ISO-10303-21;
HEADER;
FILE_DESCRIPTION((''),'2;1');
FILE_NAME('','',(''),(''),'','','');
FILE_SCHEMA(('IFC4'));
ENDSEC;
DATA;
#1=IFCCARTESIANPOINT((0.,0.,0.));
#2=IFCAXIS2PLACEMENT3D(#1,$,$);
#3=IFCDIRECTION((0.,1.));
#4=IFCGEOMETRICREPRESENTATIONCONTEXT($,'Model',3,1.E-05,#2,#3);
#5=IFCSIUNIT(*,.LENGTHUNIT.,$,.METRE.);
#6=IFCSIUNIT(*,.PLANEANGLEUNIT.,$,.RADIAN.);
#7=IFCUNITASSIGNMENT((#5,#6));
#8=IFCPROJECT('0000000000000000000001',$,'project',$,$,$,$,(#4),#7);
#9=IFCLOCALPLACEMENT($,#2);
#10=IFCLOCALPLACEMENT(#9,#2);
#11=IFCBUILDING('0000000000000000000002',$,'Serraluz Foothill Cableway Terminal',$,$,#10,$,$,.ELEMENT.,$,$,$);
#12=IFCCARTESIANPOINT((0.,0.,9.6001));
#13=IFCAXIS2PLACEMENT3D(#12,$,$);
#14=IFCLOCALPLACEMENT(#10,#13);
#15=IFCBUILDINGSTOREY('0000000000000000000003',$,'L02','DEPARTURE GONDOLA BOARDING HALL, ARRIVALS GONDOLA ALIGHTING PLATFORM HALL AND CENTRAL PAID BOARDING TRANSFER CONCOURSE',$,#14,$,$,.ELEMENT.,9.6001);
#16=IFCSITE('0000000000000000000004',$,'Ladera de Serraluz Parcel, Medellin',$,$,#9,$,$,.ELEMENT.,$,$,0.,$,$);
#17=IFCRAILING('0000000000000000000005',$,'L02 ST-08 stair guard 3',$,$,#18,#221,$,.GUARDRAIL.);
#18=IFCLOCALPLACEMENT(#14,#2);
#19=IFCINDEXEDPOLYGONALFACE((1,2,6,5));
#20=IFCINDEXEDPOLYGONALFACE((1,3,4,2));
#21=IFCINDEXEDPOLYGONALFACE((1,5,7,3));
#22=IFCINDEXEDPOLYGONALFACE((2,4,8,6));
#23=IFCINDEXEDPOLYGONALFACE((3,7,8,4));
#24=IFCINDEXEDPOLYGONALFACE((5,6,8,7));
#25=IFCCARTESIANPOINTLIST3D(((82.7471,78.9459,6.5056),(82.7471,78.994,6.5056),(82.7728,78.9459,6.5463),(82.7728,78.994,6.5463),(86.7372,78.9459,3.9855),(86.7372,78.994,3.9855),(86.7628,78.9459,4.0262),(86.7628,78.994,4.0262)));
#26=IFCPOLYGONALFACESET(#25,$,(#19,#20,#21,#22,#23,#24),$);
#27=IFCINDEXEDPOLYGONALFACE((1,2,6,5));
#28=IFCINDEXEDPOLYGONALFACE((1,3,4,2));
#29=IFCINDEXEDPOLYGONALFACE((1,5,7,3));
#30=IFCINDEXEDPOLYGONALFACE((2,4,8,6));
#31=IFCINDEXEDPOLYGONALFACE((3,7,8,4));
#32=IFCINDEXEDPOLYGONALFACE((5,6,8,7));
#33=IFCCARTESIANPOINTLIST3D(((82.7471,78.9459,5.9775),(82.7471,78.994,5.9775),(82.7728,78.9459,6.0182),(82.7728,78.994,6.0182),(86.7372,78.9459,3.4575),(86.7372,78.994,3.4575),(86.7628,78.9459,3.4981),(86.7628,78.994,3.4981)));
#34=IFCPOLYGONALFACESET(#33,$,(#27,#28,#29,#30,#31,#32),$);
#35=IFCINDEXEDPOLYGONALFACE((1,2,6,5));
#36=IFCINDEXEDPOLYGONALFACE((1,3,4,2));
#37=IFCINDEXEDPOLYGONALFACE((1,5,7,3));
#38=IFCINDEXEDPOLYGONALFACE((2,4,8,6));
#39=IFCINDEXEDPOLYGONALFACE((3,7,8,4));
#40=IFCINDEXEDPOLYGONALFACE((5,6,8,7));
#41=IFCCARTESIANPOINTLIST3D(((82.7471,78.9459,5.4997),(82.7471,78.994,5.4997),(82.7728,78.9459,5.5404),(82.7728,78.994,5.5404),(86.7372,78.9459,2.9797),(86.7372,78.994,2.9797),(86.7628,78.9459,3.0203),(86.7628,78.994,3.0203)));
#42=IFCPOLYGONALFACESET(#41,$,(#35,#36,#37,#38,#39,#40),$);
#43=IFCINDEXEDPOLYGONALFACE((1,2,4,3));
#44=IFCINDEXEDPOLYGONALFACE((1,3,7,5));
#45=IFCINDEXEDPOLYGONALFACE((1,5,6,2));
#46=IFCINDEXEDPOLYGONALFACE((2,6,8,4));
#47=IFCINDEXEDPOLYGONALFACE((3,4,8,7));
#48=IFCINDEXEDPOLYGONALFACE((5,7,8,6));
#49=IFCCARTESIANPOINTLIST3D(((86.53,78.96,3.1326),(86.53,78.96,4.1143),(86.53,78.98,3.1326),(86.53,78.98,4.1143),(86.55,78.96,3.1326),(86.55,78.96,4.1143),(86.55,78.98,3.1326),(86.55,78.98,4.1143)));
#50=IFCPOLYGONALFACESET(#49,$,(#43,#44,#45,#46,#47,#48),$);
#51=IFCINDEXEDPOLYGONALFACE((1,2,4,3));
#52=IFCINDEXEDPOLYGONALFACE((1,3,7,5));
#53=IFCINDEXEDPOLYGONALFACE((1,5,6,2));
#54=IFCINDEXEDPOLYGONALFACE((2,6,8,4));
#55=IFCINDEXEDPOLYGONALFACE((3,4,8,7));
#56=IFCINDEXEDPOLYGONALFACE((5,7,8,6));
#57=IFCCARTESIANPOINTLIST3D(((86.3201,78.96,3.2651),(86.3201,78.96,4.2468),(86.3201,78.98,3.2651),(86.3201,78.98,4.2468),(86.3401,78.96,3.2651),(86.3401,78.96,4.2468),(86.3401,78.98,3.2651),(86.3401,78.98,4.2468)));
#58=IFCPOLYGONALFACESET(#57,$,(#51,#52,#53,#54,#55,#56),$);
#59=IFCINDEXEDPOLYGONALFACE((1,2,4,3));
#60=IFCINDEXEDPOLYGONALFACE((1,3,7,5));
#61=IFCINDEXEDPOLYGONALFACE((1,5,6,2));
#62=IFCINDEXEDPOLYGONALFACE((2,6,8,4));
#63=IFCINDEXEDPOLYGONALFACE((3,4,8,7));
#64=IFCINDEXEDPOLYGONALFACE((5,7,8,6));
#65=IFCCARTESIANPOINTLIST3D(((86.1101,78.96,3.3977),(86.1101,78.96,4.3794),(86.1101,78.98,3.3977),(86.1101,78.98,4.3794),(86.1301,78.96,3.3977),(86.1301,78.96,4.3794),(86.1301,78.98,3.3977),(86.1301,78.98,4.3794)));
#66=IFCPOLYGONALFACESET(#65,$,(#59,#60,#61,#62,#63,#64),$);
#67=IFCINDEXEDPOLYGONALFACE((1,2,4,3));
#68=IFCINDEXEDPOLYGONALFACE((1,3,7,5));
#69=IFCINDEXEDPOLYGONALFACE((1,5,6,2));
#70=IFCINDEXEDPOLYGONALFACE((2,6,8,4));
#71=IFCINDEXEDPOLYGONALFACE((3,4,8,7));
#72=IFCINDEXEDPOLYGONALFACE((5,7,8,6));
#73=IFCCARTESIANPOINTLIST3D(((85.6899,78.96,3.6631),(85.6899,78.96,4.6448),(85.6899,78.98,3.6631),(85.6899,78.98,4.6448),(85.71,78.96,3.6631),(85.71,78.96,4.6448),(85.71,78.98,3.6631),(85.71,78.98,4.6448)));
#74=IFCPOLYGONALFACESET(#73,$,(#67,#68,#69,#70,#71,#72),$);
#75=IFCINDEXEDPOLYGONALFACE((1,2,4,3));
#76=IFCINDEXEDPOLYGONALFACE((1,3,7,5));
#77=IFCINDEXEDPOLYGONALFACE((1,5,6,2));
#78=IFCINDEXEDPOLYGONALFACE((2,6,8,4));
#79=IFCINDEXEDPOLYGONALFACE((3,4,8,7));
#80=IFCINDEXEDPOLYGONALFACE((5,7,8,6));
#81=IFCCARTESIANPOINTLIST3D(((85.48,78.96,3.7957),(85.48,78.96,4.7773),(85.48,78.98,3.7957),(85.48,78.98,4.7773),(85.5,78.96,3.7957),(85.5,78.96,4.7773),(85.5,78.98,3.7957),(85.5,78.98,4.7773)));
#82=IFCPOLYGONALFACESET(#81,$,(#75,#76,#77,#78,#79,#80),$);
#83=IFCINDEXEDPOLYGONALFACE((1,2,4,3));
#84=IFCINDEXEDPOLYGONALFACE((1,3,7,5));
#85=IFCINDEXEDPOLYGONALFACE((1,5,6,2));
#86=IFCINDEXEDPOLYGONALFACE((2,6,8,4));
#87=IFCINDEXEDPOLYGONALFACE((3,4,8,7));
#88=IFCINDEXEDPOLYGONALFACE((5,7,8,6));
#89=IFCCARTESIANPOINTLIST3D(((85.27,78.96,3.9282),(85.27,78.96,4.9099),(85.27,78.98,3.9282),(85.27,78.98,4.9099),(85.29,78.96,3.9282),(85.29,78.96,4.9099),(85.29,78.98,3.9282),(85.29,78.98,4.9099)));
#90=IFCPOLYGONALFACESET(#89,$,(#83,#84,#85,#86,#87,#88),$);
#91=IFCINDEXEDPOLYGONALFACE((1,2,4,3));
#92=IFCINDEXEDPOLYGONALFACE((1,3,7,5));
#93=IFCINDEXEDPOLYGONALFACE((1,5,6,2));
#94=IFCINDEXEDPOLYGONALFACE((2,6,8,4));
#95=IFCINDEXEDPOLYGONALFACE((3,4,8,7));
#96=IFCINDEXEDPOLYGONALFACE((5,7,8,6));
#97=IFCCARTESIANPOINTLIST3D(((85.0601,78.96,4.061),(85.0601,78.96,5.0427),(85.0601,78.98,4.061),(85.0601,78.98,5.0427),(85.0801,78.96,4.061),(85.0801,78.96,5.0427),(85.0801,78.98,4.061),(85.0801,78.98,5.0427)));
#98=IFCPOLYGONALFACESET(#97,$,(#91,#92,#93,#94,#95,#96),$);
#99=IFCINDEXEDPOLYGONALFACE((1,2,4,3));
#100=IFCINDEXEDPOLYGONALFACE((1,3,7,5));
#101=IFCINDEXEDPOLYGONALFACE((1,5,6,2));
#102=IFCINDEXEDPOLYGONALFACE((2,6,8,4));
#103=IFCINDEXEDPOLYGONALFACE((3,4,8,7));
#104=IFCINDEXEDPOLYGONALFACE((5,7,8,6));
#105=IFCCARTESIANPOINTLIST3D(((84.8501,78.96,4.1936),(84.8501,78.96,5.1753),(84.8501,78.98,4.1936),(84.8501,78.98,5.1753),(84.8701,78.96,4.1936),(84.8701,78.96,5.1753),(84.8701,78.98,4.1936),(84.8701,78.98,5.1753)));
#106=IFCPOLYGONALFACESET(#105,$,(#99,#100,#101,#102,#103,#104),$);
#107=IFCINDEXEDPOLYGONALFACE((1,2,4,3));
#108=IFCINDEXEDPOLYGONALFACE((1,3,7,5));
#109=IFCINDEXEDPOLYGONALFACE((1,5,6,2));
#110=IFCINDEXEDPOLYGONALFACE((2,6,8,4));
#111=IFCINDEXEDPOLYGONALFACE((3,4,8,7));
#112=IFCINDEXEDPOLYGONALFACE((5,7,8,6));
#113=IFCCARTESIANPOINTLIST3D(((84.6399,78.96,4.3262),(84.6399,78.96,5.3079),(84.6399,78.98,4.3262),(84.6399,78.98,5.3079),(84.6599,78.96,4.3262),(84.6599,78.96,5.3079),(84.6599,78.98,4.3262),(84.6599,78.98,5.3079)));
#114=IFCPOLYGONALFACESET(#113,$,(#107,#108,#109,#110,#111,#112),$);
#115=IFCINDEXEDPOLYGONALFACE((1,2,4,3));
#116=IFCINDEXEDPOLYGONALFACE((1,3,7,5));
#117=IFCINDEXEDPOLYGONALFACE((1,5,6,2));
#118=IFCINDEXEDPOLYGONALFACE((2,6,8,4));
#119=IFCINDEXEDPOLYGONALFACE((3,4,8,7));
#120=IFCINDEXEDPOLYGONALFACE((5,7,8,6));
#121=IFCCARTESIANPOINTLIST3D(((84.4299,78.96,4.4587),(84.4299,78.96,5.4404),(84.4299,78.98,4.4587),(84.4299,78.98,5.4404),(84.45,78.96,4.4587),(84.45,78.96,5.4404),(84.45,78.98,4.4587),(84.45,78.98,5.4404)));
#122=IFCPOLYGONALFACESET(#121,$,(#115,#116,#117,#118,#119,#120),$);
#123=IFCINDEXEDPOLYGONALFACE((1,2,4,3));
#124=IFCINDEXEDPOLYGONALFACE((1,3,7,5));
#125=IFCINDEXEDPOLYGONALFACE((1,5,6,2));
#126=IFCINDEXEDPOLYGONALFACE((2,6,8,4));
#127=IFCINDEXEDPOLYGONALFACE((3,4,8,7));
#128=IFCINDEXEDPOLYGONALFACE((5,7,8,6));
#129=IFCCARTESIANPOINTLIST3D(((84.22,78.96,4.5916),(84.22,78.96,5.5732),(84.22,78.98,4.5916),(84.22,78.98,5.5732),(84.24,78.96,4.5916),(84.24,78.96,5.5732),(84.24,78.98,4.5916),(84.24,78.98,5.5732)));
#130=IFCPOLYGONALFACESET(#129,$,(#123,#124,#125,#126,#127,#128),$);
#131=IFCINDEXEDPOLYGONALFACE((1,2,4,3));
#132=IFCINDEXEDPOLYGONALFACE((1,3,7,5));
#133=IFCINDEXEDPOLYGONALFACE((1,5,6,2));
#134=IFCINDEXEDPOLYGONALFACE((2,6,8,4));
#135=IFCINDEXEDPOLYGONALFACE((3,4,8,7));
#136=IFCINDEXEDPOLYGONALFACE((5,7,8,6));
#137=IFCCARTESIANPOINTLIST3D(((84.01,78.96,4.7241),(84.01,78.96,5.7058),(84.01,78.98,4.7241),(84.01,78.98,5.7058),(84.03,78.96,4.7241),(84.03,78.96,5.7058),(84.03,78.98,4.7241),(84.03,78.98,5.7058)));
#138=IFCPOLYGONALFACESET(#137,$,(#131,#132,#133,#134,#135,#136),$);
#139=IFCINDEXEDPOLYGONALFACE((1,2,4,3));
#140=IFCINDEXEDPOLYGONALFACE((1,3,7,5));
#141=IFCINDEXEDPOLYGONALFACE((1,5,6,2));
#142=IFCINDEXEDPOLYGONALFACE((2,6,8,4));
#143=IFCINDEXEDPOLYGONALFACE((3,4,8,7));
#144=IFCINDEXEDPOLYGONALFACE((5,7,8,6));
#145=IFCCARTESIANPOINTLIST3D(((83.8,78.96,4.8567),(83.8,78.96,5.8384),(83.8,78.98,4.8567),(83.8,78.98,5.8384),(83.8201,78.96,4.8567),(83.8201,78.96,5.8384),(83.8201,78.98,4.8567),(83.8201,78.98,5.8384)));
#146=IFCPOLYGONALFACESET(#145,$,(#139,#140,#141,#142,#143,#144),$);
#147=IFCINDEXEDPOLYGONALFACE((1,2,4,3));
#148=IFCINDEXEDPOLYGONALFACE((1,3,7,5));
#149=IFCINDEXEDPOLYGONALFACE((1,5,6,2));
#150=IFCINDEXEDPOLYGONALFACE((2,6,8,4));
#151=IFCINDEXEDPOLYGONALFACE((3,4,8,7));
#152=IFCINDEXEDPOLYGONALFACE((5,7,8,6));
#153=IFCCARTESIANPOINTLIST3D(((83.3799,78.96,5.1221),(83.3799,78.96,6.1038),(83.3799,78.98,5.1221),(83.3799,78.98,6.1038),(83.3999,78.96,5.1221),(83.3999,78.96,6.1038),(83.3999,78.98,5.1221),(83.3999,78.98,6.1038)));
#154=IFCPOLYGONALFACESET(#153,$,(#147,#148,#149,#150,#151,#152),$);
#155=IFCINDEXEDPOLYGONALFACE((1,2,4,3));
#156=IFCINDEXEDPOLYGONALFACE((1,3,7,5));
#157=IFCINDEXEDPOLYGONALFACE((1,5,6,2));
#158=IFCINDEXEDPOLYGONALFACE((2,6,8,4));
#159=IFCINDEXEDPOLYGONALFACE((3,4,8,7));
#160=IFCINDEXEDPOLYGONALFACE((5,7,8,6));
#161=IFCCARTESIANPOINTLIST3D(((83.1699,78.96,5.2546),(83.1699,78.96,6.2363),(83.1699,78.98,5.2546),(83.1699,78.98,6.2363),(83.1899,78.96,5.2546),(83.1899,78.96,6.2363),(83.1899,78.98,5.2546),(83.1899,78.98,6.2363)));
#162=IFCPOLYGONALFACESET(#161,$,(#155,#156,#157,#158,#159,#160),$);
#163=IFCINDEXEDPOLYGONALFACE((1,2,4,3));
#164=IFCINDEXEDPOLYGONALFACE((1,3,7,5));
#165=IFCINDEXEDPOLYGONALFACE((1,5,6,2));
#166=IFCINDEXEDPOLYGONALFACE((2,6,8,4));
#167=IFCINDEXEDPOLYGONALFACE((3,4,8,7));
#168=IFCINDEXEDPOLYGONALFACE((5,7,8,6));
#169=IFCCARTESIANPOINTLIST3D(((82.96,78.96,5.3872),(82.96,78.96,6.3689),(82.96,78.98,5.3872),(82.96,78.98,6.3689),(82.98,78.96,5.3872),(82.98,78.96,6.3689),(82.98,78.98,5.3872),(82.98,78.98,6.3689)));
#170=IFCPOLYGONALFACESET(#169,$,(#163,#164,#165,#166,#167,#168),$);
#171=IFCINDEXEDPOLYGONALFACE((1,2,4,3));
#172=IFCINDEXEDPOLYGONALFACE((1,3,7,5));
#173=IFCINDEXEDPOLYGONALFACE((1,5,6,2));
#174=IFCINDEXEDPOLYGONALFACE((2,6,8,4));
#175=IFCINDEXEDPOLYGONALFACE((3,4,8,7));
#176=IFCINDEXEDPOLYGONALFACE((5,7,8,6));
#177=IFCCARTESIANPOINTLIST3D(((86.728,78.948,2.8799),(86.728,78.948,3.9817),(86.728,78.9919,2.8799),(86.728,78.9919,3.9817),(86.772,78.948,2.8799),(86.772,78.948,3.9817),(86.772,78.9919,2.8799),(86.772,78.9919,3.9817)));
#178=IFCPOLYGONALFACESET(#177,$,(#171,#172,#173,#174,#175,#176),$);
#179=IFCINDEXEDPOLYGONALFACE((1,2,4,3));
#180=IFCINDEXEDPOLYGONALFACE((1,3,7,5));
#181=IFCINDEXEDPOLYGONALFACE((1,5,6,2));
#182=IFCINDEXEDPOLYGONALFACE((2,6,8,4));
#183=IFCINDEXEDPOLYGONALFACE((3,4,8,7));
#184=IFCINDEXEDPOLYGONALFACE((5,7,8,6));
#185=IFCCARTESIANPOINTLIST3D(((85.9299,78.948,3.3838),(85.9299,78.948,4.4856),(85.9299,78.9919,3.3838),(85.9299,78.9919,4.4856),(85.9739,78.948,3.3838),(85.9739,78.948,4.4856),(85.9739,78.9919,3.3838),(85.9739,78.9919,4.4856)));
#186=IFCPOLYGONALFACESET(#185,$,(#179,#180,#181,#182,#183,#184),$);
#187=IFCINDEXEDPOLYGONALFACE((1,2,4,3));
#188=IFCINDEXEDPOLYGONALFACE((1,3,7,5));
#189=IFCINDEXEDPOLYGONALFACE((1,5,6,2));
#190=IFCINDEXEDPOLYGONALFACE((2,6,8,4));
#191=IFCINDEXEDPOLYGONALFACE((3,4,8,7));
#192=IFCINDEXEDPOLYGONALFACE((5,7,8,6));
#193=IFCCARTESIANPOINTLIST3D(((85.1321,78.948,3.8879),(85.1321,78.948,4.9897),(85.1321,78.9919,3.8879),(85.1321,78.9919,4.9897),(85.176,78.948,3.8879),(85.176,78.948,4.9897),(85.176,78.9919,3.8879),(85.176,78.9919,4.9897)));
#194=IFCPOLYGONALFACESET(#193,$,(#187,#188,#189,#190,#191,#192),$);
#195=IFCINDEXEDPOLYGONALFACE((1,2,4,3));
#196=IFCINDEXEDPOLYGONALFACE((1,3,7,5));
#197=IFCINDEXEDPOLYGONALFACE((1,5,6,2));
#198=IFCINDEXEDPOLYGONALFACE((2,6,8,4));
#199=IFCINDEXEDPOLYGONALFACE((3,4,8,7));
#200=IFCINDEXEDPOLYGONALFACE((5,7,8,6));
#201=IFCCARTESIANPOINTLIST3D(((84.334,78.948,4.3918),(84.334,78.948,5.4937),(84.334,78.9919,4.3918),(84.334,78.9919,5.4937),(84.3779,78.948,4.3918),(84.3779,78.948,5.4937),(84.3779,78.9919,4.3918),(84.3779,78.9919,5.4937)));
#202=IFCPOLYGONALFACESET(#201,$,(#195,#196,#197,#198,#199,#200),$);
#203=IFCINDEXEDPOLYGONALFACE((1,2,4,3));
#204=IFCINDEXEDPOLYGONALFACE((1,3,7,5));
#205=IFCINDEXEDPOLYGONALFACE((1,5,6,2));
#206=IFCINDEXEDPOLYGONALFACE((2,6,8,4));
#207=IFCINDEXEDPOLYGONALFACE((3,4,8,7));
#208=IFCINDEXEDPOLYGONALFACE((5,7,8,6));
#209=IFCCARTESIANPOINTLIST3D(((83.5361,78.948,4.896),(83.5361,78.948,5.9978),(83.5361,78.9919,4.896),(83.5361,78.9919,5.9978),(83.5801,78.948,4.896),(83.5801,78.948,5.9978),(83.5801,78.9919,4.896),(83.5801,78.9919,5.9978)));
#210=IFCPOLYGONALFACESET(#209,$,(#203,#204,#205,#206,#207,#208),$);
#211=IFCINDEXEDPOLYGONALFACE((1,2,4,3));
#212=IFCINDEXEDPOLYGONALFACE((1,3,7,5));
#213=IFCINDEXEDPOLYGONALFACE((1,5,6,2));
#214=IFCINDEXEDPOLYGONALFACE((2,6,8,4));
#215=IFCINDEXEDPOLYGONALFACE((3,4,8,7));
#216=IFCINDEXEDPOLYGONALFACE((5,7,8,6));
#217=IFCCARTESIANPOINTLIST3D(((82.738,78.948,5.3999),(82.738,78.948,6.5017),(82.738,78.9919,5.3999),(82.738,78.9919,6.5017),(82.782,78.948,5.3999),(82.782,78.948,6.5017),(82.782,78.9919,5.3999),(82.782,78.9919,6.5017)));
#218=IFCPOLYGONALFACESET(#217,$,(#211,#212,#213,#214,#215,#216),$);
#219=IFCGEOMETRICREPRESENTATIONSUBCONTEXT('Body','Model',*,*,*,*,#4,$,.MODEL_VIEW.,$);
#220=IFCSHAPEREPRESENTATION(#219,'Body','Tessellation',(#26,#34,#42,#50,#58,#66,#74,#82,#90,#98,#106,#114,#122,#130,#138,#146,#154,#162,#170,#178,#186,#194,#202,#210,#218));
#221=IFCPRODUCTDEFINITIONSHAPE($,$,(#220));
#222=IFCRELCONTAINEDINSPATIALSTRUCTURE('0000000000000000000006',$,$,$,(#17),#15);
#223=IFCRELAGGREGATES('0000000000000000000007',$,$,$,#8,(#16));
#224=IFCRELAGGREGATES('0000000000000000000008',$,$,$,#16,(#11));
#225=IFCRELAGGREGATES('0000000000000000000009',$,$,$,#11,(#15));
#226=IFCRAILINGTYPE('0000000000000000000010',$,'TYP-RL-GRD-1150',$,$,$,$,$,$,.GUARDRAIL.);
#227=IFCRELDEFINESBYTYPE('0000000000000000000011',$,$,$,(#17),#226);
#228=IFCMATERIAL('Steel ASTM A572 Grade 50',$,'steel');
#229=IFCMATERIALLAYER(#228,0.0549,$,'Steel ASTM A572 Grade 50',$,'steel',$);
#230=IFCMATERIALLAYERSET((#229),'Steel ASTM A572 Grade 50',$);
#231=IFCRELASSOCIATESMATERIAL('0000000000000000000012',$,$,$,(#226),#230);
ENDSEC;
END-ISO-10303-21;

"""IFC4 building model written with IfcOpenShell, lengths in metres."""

from ifc_helpers import new_model, si_unit, direction, frame, origin, origin_2d, place, context, subcontext, project, spatial, rectangle, extrude, material, layer, layer_set, type_object, element, save


model = new_model("IFC4")

# Units and contexts
model_context = context("Model", 3, precision=1e-05, world=origin(), true_north=direction((0.0, 1.0)))
body_context = subcontext(model_context, "Body", "Model", "MODEL_VIEW")
ifc_project = project(units=[si_unit("LENGTHUNIT", "METRE"), si_unit("PLANEANGLEUNIT", "RADIAN")], contexts=[model_context])

# Site, building, storey
site_placement = place(None, origin())
site = spatial("IfcSite", under=ifc_project, at=site_placement, Name="Ladera de Serraluz Parcel, Medellin", CompositionType="ELEMENT", RefElevation=0.0)
building_placement = place(site_placement, origin())
building = spatial("IfcBuilding", under=site, at=building_placement, Name="Serraluz Foothill Cableway Terminal", CompositionType="ELEMENT")
storey_placement = place(building_placement, frame((0.0, 0.0, 9.6001)))
storey = spatial("IfcBuildingStorey", under=building, at=storey_placement, Name="L02", Description="DEPARTURE GONDOLA BOARDING HALL, ARRIVALS GONDOLA ALIGHTING PLATFORM HALL AND CENTRAL PAID BOARDING TRANSFER CONCOURSE", CompositionType="ELEMENT", Elevation=9.6001)

# Shared definitions
ifc_material_1 = material(Name="Steel ASTM A572 Grade 50", Category="steel")

# Railing
ifc_layer_1 = layer(ifc_material_1, 0.0549, Name="Steel ASTM A572 Grade 50", Category="steel")
ifc_layer_set_1 = layer_set([ifc_layer_1], Name="Steel ASTM A572 Grade 50")
railing_type_1 = type_object("IfcRailingType", Name="TYP-RL-GRD-1150", PredefinedType="GUARDRAIL", material=ifc_layer_set_1)
railing_1_placement = place(storey_placement, frame((86.75, 78.97, 2.8799)))
element("IfcRailing", 1, at=railing_1_placement, inside=storey, type_object=railing_type_1, Name="L02 ST-08 stair guard 3", PredefinedType="GUARDRAIL", context=body_context, shape_type="SweptSolid", body=[
    extrude(rectangle(XDim=0.0481, YDim=0.0481, at=origin_2d()), frame((0.0, 0.0, 1.126), z_axis=(-0.845486, 0.0, 0.533997), x_axis=(0.0, -1.0, 0.0)), (0.0, 0.0, 1.0), 4.7192),
    extrude(rectangle(XDim=0.0481, YDim=0.0481, at=origin_2d()), frame((0.0, 0.0, 0.5979), z_axis=(-0.845486, 0.0, 0.533997), x_axis=(0.0, -1.0, 0.0)), (0.0, 0.0, 1.0), 4.7192),
    extrude(rectangle(XDim=0.0481, YDim=0.0481, at=origin_2d()), frame((0.0, 0.0, 0.1201), z_axis=(-0.845486, 0.0, 0.533997), x_axis=(0.0, -1.0, 0.0)), (0.0, 0.0, 1.0), 4.7192),
    extrude(rectangle(XDim=0.02, YDim=0.02, at=origin_2d()), frame((-0.21, 0.0, 0.2527)), (0.0, 0.0, 1.0), 0.9817),
    extrude(rectangle(XDim=0.02, YDim=0.02, at=origin_2d()), frame((-0.4199, 0.0, 0.3853)), (0.0, 0.0, 1.0), 0.9817),
    extrude(rectangle(XDim=0.02, YDim=0.02, at=origin_2d()), frame((-0.6299, 0.0, 0.5178)), (0.0, 0.0, 1.0), 0.9817),
    extrude(rectangle(XDim=0.02, YDim=0.02, at=origin_2d()), frame((-1.05, 0.0, 0.7832)), (0.0, 0.0, 1.0), 0.9817),
    extrude(rectangle(XDim=0.02, YDim=0.02, at=origin_2d()), frame((-1.26, 0.0, 0.9158)), (0.0, 0.0, 1.0), 0.9817),
    extrude(rectangle(XDim=0.02, YDim=0.02, at=origin_2d()), frame((-1.47, 0.0, 1.0483)), (0.0, 0.0, 1.0), 0.9817),
    extrude(rectangle(XDim=0.02, YDim=0.02, at=origin_2d()), frame((-1.6799, 0.0, 1.1812)), (0.0, 0.0, 1.0), 0.9817),
    extrude(rectangle(XDim=0.02, YDim=0.02, at=origin_2d()), frame((-1.8899, 0.0, 1.3137)), (0.0, 0.0, 1.0), 0.9817),
    extrude(rectangle(XDim=0.02, YDim=0.02, at=origin_2d()), frame((-2.1001, 0.0, 1.4463)), (0.0, 0.0, 1.0), 0.9817),
    extrude(rectangle(XDim=0.02, YDim=0.02, at=origin_2d()), frame((-2.3101, 0.0, 1.5789)), (0.0, 0.0, 1.0), 0.9817),
    extrude(rectangle(XDim=0.02, YDim=0.02, at=origin_2d()), frame((-2.52, 0.0, 1.7117)), (0.0, 0.0, 1.0), 0.9817),
    extrude(rectangle(XDim=0.02, YDim=0.02, at=origin_2d()), frame((-2.73, 0.0, 1.8442)), (0.0, 0.0, 1.0), 0.9817),
    extrude(rectangle(XDim=0.02, YDim=0.02, at=origin_2d()), frame((-2.9399, 0.0, 1.9768)), (0.0, 0.0, 1.0), 0.9817),
    extrude(rectangle(XDim=0.02, YDim=0.02, at=origin_2d()), frame((-3.3601, 0.0, 2.2422)), (0.0, 0.0, 1.0), 0.9817),
    extrude(rectangle(XDim=0.02, YDim=0.02, at=origin_2d()), frame((-3.5701, 0.0, 2.3748)), (0.0, 0.0, 1.0), 0.9817),
    extrude(rectangle(XDim=0.02, YDim=0.02, at=origin_2d()), frame((-3.78, 0.0, 2.5073)), (0.0, 0.0, 1.0), 0.9817),
    extrude(rectangle(XDim=0.0439, YDim=0.0439, at=origin_2d()), origin(), (0.0, 0.0, 1.0), 1.1018),
    extrude(rectangle(XDim=0.0439, YDim=0.0439, at=origin_2d()), frame((-0.7981, 0.0, 0.5039)), (0.0, 0.0, 1.0), 1.1018),
    extrude(rectangle(XDim=0.0439, YDim=0.0439, at=origin_2d()), frame((-1.5959, 0.0, 1.0081)), (0.0, 0.0, 1.0), 1.1018),
    extrude(rectangle(XDim=0.0439, YDim=0.0439, at=origin_2d()), frame((-2.394, 0.0, 1.512)), (0.0, 0.0, 1.0), 1.1018),
    extrude(rectangle(XDim=0.0439, YDim=0.0439, at=origin_2d()), frame((-3.1919, 0.0, 2.0161)), (0.0, 0.0, 1.0), 1.1018),
    extrude(rectangle(XDim=0.0439, YDim=0.0439, at=origin_2d()), frame((-3.99, 0.0, 2.52)), (0.0, 0.0, 1.0), 1.1018),
])

save(model, "model.ifc")
